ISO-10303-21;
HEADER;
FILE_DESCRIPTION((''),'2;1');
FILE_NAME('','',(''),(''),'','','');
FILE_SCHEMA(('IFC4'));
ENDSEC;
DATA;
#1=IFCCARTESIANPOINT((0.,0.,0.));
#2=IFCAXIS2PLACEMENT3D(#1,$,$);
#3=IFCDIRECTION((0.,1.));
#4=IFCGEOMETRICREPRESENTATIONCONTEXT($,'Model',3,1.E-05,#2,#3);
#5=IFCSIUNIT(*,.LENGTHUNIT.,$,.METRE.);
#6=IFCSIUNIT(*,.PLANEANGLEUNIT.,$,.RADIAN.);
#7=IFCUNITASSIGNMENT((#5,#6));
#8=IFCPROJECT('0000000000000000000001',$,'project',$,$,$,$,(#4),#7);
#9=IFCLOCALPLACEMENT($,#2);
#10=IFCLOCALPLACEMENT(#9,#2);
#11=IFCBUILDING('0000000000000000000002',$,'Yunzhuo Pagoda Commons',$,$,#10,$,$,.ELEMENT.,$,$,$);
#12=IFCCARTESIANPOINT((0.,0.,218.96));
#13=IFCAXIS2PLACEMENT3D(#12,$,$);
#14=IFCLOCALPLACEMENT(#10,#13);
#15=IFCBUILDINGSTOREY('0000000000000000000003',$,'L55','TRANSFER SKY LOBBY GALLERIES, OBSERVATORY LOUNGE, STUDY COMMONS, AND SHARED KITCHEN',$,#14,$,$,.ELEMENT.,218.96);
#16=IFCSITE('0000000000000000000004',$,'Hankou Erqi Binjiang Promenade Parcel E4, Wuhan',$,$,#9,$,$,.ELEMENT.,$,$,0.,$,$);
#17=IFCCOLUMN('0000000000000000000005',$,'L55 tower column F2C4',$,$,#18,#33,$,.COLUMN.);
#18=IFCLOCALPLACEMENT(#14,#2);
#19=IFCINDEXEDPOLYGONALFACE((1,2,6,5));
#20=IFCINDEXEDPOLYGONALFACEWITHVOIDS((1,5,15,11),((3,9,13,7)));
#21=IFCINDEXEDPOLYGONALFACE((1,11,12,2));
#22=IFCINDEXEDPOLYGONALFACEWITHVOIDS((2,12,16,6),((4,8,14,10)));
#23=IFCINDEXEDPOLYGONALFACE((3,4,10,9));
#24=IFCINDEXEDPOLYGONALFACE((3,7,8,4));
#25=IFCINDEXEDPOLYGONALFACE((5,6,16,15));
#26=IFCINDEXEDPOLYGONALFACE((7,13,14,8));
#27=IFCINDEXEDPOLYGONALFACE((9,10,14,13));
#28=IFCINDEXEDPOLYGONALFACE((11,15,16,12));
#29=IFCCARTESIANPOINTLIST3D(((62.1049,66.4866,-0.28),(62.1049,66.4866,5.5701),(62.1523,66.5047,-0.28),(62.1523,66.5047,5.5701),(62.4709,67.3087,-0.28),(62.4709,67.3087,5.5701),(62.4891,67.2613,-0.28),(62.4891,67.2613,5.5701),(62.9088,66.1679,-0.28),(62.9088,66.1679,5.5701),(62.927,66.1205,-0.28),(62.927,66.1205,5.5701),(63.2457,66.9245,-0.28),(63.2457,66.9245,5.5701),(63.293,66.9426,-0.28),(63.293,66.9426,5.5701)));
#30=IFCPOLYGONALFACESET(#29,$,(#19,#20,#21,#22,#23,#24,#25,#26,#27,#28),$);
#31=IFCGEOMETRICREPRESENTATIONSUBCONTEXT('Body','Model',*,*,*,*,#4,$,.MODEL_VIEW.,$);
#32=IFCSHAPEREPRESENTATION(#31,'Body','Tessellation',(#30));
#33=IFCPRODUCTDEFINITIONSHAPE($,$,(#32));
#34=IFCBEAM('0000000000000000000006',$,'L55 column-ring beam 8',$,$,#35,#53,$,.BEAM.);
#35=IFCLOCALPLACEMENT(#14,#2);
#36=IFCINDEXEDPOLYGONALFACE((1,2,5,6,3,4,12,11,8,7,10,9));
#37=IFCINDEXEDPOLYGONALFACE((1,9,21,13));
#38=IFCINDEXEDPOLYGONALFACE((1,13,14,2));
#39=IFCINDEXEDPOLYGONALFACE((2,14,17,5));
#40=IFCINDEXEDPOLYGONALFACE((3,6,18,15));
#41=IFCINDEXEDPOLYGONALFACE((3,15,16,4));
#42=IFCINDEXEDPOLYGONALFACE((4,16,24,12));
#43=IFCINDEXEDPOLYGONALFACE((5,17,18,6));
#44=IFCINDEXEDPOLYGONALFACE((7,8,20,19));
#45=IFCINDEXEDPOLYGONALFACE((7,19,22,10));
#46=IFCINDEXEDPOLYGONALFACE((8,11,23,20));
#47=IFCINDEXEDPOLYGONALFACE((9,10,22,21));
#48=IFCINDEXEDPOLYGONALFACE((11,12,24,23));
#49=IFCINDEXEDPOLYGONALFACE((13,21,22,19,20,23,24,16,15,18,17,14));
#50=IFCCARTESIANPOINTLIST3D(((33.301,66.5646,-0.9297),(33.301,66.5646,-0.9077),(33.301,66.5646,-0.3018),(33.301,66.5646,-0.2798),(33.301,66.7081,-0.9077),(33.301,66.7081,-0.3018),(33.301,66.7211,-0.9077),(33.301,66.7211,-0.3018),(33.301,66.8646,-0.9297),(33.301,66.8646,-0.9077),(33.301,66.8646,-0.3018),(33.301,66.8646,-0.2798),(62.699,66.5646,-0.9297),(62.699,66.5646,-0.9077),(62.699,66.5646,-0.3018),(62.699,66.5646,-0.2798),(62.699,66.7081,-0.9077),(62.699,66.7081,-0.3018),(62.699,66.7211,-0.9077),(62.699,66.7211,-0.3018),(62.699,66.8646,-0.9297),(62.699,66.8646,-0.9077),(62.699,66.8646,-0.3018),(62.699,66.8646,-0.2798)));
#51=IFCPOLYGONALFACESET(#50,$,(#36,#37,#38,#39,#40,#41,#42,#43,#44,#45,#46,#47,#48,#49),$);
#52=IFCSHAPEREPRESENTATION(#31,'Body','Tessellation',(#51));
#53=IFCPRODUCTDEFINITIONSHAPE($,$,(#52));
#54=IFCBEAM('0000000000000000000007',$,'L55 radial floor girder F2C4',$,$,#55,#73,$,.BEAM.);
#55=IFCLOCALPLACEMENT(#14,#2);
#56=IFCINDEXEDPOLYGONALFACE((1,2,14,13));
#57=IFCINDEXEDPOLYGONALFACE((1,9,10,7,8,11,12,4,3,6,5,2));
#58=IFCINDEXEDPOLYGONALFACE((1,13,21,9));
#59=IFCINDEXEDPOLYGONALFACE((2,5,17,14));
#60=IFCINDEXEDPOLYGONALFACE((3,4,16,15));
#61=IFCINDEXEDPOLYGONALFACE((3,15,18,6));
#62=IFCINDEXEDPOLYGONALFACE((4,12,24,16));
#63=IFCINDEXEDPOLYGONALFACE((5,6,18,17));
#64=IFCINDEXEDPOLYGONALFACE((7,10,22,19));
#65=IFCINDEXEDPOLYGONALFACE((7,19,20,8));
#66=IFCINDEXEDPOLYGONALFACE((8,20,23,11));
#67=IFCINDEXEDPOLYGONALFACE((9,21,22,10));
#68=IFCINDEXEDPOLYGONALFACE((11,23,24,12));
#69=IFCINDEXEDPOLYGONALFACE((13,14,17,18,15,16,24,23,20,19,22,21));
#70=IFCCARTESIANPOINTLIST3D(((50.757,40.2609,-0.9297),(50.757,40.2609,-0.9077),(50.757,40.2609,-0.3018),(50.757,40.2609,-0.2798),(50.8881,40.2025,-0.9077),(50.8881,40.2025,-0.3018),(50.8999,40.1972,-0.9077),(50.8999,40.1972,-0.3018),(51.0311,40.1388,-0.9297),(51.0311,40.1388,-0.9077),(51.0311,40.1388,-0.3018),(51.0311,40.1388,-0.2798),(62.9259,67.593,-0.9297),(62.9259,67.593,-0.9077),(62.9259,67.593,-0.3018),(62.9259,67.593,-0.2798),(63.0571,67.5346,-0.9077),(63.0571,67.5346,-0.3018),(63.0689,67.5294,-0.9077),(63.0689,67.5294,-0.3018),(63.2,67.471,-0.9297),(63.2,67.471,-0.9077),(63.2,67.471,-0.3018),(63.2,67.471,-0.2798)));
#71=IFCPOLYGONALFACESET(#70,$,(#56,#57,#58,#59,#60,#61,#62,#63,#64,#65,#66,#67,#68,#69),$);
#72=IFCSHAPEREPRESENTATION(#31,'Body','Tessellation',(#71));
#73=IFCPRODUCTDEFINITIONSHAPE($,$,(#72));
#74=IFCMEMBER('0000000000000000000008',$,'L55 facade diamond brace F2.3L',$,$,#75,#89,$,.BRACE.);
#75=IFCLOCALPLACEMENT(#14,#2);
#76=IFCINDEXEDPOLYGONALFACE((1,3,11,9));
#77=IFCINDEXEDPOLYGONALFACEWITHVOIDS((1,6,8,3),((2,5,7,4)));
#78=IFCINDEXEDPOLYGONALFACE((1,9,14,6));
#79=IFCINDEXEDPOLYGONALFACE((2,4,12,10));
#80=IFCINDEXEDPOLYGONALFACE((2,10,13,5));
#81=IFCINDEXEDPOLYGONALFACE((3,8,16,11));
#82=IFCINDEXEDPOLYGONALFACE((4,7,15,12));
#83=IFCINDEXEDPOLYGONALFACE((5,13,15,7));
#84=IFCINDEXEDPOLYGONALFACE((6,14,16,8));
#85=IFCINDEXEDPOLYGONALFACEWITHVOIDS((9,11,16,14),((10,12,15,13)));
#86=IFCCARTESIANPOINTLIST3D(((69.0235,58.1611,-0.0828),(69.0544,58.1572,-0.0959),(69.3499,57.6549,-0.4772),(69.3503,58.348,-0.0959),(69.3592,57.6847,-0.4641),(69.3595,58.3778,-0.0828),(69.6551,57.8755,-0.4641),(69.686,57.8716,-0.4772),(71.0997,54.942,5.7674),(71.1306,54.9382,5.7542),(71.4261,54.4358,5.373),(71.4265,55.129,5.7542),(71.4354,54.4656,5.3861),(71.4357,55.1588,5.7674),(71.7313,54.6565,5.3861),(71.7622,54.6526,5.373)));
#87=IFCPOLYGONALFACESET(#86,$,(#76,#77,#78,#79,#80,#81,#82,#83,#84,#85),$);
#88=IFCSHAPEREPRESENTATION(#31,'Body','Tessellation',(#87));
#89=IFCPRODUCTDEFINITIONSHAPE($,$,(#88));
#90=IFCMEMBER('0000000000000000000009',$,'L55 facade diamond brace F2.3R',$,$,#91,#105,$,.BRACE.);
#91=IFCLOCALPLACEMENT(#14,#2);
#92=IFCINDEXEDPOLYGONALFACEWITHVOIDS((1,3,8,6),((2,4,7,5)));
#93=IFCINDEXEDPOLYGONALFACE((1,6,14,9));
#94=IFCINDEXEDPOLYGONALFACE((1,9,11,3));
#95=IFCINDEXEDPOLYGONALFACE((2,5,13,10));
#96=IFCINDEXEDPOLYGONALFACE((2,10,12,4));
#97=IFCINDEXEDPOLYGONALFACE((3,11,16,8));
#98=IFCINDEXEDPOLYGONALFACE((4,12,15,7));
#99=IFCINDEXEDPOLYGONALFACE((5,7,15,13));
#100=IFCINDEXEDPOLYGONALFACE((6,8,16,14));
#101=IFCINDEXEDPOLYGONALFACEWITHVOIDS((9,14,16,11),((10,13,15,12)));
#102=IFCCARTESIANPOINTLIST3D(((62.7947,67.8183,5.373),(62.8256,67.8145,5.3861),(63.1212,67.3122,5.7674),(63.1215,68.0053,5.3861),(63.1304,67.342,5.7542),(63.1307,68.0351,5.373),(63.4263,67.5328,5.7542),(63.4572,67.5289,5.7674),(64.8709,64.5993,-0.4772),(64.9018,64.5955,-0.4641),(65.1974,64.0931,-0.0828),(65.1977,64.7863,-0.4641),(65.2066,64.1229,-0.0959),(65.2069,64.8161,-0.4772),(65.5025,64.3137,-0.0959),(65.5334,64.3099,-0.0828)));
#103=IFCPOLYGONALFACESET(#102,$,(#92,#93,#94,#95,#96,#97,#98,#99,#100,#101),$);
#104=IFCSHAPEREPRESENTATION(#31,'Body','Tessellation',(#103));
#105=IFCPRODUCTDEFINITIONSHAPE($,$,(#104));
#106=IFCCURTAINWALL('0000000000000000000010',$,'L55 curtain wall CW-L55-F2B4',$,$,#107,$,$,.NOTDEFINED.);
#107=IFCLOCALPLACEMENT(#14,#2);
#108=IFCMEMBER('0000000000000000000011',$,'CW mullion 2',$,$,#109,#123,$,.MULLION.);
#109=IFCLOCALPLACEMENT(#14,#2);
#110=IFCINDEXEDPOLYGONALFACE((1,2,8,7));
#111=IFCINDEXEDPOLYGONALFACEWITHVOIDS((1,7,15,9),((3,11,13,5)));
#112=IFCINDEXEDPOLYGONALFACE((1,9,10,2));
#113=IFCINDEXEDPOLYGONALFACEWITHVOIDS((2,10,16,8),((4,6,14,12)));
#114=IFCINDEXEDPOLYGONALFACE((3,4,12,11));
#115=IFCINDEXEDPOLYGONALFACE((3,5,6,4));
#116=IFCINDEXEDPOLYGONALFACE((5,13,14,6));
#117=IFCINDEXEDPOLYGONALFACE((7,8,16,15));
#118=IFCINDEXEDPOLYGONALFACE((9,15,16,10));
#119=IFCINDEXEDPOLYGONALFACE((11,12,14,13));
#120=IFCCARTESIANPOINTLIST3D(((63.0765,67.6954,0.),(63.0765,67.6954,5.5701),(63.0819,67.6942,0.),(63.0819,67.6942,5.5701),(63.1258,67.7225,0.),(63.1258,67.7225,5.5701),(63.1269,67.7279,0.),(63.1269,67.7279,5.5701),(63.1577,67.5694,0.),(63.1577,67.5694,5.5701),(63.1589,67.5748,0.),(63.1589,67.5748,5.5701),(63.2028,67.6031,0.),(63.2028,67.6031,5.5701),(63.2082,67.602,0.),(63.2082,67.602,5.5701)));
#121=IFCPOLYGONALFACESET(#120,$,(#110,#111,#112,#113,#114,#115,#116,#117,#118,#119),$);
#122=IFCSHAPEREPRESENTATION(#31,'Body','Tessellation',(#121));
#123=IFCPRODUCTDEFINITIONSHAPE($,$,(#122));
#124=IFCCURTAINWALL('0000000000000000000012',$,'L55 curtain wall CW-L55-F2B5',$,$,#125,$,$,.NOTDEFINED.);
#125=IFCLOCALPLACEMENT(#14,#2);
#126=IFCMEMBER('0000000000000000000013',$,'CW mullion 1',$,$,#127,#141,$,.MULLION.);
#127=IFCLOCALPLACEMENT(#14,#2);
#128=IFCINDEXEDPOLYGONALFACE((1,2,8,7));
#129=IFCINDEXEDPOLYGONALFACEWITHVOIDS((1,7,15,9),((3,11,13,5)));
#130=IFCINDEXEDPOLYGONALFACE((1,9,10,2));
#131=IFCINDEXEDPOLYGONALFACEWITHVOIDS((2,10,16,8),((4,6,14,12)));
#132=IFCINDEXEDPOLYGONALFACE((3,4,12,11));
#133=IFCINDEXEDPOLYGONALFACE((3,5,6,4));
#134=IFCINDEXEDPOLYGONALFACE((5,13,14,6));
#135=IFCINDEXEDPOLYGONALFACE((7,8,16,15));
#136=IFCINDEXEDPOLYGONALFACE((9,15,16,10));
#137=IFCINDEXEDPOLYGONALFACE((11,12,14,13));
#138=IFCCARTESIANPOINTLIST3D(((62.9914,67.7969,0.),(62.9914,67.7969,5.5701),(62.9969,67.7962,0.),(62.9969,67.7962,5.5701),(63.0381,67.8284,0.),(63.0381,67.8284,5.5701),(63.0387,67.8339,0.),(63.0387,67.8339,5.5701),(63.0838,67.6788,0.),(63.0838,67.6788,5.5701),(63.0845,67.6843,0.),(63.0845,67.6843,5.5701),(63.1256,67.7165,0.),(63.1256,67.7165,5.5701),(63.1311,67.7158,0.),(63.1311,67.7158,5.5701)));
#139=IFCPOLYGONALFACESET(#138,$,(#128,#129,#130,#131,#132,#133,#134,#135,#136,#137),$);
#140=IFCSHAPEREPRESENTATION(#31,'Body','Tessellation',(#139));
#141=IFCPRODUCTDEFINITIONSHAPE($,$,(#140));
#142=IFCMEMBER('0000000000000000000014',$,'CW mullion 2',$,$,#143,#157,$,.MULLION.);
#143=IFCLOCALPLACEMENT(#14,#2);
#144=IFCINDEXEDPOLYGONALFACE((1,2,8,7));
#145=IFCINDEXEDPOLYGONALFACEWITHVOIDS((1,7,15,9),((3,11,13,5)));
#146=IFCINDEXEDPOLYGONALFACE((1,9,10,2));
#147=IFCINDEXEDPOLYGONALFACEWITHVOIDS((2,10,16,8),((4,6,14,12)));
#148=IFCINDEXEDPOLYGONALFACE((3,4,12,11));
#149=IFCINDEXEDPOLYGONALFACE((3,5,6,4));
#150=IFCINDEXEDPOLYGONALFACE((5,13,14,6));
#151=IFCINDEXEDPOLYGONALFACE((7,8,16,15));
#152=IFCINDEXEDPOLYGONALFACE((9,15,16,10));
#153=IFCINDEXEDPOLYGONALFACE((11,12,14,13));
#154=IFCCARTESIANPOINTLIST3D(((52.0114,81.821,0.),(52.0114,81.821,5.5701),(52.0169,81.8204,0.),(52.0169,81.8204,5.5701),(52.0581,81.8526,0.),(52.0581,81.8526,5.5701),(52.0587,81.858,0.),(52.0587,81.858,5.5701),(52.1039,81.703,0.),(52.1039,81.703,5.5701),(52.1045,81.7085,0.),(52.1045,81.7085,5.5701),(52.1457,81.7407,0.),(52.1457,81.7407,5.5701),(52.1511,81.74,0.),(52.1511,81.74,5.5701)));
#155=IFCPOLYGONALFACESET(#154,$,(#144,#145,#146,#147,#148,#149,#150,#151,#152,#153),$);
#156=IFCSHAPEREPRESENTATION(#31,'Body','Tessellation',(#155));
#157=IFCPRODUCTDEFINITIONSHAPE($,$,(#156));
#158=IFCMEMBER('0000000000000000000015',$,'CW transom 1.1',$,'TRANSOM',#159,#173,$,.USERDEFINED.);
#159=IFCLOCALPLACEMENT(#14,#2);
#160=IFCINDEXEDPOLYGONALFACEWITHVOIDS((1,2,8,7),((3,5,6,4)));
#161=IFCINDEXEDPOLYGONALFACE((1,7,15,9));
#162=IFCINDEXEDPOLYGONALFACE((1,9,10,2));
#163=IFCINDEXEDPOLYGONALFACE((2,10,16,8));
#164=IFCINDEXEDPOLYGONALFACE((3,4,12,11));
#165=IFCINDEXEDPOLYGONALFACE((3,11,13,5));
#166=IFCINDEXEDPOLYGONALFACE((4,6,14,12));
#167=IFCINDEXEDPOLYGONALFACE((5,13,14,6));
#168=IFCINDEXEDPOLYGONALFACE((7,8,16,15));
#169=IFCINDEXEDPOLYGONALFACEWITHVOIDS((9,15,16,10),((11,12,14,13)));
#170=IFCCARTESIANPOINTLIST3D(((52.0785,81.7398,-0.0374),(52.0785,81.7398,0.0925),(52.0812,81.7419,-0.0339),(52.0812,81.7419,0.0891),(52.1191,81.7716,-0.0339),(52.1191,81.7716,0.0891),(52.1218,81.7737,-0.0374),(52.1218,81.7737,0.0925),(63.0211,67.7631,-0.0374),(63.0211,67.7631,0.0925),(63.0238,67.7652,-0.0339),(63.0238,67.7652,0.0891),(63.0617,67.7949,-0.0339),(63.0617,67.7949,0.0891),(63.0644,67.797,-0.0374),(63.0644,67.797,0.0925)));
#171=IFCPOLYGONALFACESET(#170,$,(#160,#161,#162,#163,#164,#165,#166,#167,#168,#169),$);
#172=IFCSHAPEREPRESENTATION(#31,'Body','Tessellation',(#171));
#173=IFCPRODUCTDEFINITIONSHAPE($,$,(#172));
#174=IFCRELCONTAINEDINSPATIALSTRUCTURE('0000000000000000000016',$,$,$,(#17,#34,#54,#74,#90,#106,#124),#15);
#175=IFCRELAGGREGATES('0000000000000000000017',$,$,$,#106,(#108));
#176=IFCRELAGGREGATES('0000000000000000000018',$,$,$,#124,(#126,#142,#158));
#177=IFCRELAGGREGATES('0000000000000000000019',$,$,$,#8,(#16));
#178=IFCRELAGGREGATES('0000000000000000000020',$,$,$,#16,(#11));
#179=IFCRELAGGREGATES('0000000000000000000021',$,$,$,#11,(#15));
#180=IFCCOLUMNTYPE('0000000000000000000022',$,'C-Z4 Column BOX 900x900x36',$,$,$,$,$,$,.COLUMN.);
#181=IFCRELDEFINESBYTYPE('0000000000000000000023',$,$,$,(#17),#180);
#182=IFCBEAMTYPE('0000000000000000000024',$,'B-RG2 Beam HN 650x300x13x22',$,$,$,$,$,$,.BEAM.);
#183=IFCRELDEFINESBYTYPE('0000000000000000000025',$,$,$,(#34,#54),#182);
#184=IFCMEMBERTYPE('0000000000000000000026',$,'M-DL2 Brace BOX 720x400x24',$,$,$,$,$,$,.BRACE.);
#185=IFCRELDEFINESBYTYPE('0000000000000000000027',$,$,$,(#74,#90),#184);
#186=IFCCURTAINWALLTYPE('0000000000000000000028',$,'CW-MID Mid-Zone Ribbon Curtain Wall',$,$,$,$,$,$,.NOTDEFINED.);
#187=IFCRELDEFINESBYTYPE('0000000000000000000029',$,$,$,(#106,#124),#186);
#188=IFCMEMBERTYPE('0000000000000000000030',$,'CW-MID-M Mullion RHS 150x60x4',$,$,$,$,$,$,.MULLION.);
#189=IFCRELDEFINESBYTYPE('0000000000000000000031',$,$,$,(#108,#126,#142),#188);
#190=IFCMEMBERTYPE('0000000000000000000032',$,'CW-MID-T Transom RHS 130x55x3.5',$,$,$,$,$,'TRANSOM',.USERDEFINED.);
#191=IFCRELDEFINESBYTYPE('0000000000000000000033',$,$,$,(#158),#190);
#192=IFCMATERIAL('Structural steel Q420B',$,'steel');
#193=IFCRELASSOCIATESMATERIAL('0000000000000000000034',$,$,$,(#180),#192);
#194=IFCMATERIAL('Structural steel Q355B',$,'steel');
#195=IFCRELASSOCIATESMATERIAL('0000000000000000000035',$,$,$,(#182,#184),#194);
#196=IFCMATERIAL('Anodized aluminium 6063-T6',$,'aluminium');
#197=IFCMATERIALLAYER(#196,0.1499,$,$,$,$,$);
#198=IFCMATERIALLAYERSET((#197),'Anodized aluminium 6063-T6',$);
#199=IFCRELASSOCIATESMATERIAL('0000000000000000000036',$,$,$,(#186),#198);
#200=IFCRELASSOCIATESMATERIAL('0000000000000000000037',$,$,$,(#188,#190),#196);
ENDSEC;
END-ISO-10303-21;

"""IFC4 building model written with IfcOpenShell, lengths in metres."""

from ifc_helpers import new_model, si_unit, direction, frame, origin, origin_2d, place, context, subcontext, project, spatial, hollow_rectangle, i_section, extrude, source, transform, mapped, material, layer, layer_set, material_profile, profile_set, type_object, element, aggregate, save


model = new_model("IFC4")

# Units and contexts
model_context = context("Model", 3, precision=1e-05, world=origin(), true_north=direction((0.0, 1.0)))
body_context = subcontext(model_context, "Body", "Model", "MODEL_VIEW")
ifc_project = project(units=[si_unit("LENGTHUNIT", "METRE"), si_unit("PLANEANGLEUNIT", "RADIAN")], contexts=[model_context])

# Site, building, storey
site_placement = place(None, origin())
site = spatial("IfcSite", under=ifc_project, at=site_placement, Name="Hankou Erqi Binjiang Promenade Parcel E4, Wuhan", CompositionType="ELEMENT", RefElevation=0.0)
building_placement = place(site_placement, origin())
building = spatial("IfcBuilding", under=site, at=building_placement, Name="Yunzhuo Pagoda Commons", CompositionType="ELEMENT")
storey_placement = place(building_placement, frame((0.0, 0.0, 218.96)))
storey = spatial("IfcBuildingStorey", under=building, at=storey_placement, Name="L55", Description="TRANSFER SKY LOBBY GALLERIES, OBSERVATORY LOUNGE, STUDY COMMONS, AND SHARED KITCHEN", CompositionType="ELEMENT", Elevation=218.96)

# Column
ifc_material_1 = material(Name="Structural steel Q420B", Category="steel")
ifc_material_profile_1 = material_profile(ifc_material_1, hollow_rectangle(XDim=0.8999, YDim=0.8999, WallThickness=0.0359, at=origin_2d()), Name="Structural steel Q420B")
ifc_profile_set_1 = profile_set([ifc_material_profile_1], Name="Structural steel Q420B")
column_type = type_object("IfcColumnType", Name="C-Z4 Column BOX 900x900x36", PredefinedType="COLUMN", material=ifc_profile_set_1)
shared_shape_1 = source(origin(), body_context, "Body", "SweptSolid", [
    extrude(hollow_rectangle(XDim=0.8999, YDim=0.8999, WallThickness=0.0359, at=origin_2d()), origin(), (0.0, 0.0, 1.0), 5.8501),
])
column_placement = place(storey_placement, frame((62.699, 66.7146, -0.28), z_axis=(0.0, 0.0, 1.0), x_axis=(-0.913545, 0.406737, 0.0)))
element("IfcColumn", 1, at=column_placement, inside=storey, type_object=column_type, Name="L55 tower column F2C4", PredefinedType="COLUMN", context=body_context, shape_type="MappedRepresentation", body=[
    mapped(shared_shape_1, transform((0.0, 0.0, 0.0), scale=1.0)),
])

# Beams
ifc_material_2 = material(Name="Structural steel Q355B", Category="steel")
ifc_material_profile_2 = material_profile(ifc_material_2, i_section(OverallWidth=0.3, OverallDepth=0.6499, WebThickness=0.0129, FlangeThickness=0.022, at=origin_2d()), Name="Structural steel Q355B")
ifc_profile_set_2 = profile_set([ifc_material_profile_2], Name="Structural steel Q355B")
beam_type = type_object("IfcBeamType", Name="B-RG2 Beam HN 650x300x13x22", PredefinedType="BEAM", material=ifc_profile_set_2)
shared_shape_2 = source(origin(), body_context, "Body", "SweptSolid", [
    extrude(i_section(OverallWidth=0.3, OverallDepth=0.6499, WebThickness=0.0129, FlangeThickness=0.022, at=origin_2d()), origin(), (0.0, 0.0, 1.0), 29.3979),
])
beam_1_placement = place(storey_placement, frame((62.699, 66.7146, -0.6047), z_axis=(-1.0, 0.0, 0.0), x_axis=(0.0, -1.0, 0.0)))
element("IfcBeam", 2, at=beam_1_placement, inside=storey, type_object=beam_type, Name="L55 column-ring beam 8", PredefinedType="BEAM", context=body_context, shape_type="MappedRepresentation", body=[
    mapped(shared_shape_2, transform((0.0, 0.0, 0.0), scale=1.0)),
])
shared_shape_3 = source(origin(), body_context, "Body", "SweptSolid", [
    extrude(i_section(OverallWidth=0.3, OverallDepth=0.6499, WebThickness=0.0129, FlangeThickness=0.022, at=origin_2d()), origin(), (0.0, 0.0, 1.0), 29.9187),
])
beam_2_placement = place(storey_placement, frame((63.063, 67.532, -0.6047), z_axis=(-0.406735, -0.913546, 0.0), x_axis=(0.913546, -0.406735, 0.0)))
element("IfcBeam", 3, at=beam_2_placement, inside=storey, type_object=beam_type, Name="L55 radial floor girder F2C4", PredefinedType="BEAM", context=body_context, shape_type="MappedRepresentation", body=[
    mapped(shared_shape_3, transform((0.0, 0.0, 0.0), scale=1.0)),
])

# Members
ifc_material_profile_3 = material_profile(ifc_material_2, hollow_rectangle(XDim=0.3999, YDim=0.72, WallThickness=0.0239, at=origin_2d()), Name="Structural steel Q355B")
ifc_profile_set_3 = profile_set([ifc_material_profile_3], Name="Structural steel Q355B")
member_type_1 = type_object("IfcMemberType", Name="M-DL2 Brace BOX 720x400x24", PredefinedType="BRACE", material=ifc_profile_set_3)
shared_shape_4 = source(origin(), body_context, "Body", "SweptSolid", [
    extrude(hollow_rectangle(XDim=0.3999, YDim=0.72, WallThickness=0.0239, at=origin_2d()), origin(), (0.0, 0.0, 1.0), 6.9927),
])
for number, where, z_axis, x_axis, name in (
    (4, (69.3547, 58.0164, -0.28), (0.296911, -0.460345, 0.836616), (0.840368, 0.542017, 0.0), "L55 facade diamond brace F2.3L"),
    (5, (65.2021, 64.4546, -0.28), (-0.296911, 0.460345, 0.836616), (-0.840368, -0.542017, 0.0), "L55 facade diamond brace F2.3R"),
):
    element("IfcMember", number, at=place(storey_placement, frame(where, z_axis=z_axis, x_axis=x_axis)), inside=storey, type_object=member_type_1, Name=name, PredefinedType="BRACE", context=body_context, shape_type="MappedRepresentation", body=[
        mapped(shared_shape_4, transform((0.0, 0.0, 0.0), scale=1.0)),
    ])

# Curtain wall, member
ifc_material_3 = material(Name="Anodized aluminium 6063-T6", Category="aluminium")
ifc_layer_1 = layer(ifc_material_3, 0.1499)
ifc_layer_set_1 = layer_set([ifc_layer_1], Name="Anodized aluminium 6063-T6")
curtain_wall_type = type_object("IfcCurtainWallType", Name="CW-MID Mid-Zone Ribbon Curtain Wall", PredefinedType="NOTDEFINED", material=ifc_layer_set_1)
curtain_wall_1_placement = place(storey_placement, origin())
curtain_wall_1 = element("IfcCurtainWall", 6, at=curtain_wall_1_placement, inside=storey, type_object=curtain_wall_type, Name="L55 curtain wall CW-L55-F2B4", PredefinedType="NOTDEFINED")
ifc_material_profile_4 = material_profile(ifc_material_3, hollow_rectangle(XDim=0.0601, YDim=0.1499, WallThickness=0.0039, at=origin_2d()), Name="Anodized aluminium 6063-T6")
ifc_profile_set_4 = profile_set([ifc_material_profile_4], Name="Anodized aluminium 6063-T6")
member_type_2 = type_object("IfcMemberType", Name="CW-MID-M Mullion RHS 150x60x4", PredefinedType="MULLION", material=ifc_profile_set_4)
shared_shape_5 = source(origin(), body_context, "Body", "SweptSolid", [
    extrude(hollow_rectangle(XDim=0.0601, YDim=0.1499, WallThickness=0.0039, at=origin_2d()), origin(), (0.0, 0.0, 1.0), 5.5701),
])
member_1_placement = place(storey_placement, frame((63.1423, 67.6487, 0.0), z_axis=(0.0, 0.0, 1.0), x_axis=(-0.840365, -0.542021, 0.0)))
member_1 = element("IfcMember", 7, at=member_1_placement, type_object=member_type_2, Name="CW mullion 2", PredefinedType="MULLION", context=body_context, shape_type="MappedRepresentation", body=[
    mapped(shared_shape_5, transform((0.0, 0.0, 0.0), scale=1.0)),
])

# Curtain wall, members
curtain_wall_2_placement = place(storey_placement, origin())
curtain_wall_2 = element("IfcCurtainWall", 8, at=curtain_wall_2_placement, inside=storey, type_object=curtain_wall_type, Name="L55 curtain wall CW-L55-F2B5", PredefinedType="NOTDEFINED")
member_2_placement = place(storey_placement, frame((63.0613, 67.7563, 0.0), z_axis=(0.0, 0.0, 1.0), x_axis=(-0.787383, -0.616464, 0.0)))
member_2 = element("IfcMember", 9, at=member_2_placement, type_object=member_type_2, Name="CW mullion 1", PredefinedType="MULLION", context=body_context, shape_type="MappedRepresentation", body=[
    mapped(shared_shape_5, transform((0.0, 0.0, 0.0), scale=1.0)),
])
member_3_placement = place(storey_placement, frame((52.0813, 81.7805, 0.0), z_axis=(0.0, 0.0, 1.0), x_axis=(-0.787383, -0.616464, 0.0)))
member_3 = element("IfcMember", 10, at=member_3_placement, type_object=member_type_2, Name="CW mullion 2", PredefinedType="MULLION", context=body_context, shape_type="MappedRepresentation", body=[
    mapped(shared_shape_5, transform((0.0, 0.0, 0.0), scale=1.0)),
])
ifc_material_profile_5 = material_profile(ifc_material_3, hollow_rectangle(XDim=0.0549, YDim=0.1299, WallThickness=0.0034, at=origin_2d()), Name="Anodized aluminium 6063-T6")
ifc_profile_set_5 = profile_set([ifc_material_profile_5], Name="Anodized aluminium 6063-T6")
member_type_3 = type_object("IfcMemberType", Name="CW-MID-T Transom RHS 130x55x3.5", ElementType="TRANSOM", PredefinedType="USERDEFINED", material=ifc_profile_set_5)
shared_shape_6 = source(origin(), body_context, "Body", "SweptSolid", [
    extrude(hollow_rectangle(XDim=0.0549, YDim=0.1299, WallThickness=0.0034, at=origin_2d()), origin(), (0.0, 0.0, 1.0), 17.7507),
])
member_4_placement = place(storey_placement, frame((63.0427, 67.78, 0.0276), z_axis=(-0.616457, 0.787389, 0.0), x_axis=(-0.787389, -0.616457, 0.0)))
member_4 = element("IfcMember", 11, at=member_4_placement, type_object=member_type_3, Name="CW transom 1.1", ObjectType="TRANSOM", PredefinedType="USERDEFINED", context=body_context, shape_type="MappedRepresentation", body=[
    mapped(shared_shape_6, transform((0.0, 0.0, 0.0), scale=1.0)),
])

aggregate(curtain_wall_1, [member_1])
aggregate(curtain_wall_2, [member_2, member_3, member_4])

save(model, "model.ifc")
